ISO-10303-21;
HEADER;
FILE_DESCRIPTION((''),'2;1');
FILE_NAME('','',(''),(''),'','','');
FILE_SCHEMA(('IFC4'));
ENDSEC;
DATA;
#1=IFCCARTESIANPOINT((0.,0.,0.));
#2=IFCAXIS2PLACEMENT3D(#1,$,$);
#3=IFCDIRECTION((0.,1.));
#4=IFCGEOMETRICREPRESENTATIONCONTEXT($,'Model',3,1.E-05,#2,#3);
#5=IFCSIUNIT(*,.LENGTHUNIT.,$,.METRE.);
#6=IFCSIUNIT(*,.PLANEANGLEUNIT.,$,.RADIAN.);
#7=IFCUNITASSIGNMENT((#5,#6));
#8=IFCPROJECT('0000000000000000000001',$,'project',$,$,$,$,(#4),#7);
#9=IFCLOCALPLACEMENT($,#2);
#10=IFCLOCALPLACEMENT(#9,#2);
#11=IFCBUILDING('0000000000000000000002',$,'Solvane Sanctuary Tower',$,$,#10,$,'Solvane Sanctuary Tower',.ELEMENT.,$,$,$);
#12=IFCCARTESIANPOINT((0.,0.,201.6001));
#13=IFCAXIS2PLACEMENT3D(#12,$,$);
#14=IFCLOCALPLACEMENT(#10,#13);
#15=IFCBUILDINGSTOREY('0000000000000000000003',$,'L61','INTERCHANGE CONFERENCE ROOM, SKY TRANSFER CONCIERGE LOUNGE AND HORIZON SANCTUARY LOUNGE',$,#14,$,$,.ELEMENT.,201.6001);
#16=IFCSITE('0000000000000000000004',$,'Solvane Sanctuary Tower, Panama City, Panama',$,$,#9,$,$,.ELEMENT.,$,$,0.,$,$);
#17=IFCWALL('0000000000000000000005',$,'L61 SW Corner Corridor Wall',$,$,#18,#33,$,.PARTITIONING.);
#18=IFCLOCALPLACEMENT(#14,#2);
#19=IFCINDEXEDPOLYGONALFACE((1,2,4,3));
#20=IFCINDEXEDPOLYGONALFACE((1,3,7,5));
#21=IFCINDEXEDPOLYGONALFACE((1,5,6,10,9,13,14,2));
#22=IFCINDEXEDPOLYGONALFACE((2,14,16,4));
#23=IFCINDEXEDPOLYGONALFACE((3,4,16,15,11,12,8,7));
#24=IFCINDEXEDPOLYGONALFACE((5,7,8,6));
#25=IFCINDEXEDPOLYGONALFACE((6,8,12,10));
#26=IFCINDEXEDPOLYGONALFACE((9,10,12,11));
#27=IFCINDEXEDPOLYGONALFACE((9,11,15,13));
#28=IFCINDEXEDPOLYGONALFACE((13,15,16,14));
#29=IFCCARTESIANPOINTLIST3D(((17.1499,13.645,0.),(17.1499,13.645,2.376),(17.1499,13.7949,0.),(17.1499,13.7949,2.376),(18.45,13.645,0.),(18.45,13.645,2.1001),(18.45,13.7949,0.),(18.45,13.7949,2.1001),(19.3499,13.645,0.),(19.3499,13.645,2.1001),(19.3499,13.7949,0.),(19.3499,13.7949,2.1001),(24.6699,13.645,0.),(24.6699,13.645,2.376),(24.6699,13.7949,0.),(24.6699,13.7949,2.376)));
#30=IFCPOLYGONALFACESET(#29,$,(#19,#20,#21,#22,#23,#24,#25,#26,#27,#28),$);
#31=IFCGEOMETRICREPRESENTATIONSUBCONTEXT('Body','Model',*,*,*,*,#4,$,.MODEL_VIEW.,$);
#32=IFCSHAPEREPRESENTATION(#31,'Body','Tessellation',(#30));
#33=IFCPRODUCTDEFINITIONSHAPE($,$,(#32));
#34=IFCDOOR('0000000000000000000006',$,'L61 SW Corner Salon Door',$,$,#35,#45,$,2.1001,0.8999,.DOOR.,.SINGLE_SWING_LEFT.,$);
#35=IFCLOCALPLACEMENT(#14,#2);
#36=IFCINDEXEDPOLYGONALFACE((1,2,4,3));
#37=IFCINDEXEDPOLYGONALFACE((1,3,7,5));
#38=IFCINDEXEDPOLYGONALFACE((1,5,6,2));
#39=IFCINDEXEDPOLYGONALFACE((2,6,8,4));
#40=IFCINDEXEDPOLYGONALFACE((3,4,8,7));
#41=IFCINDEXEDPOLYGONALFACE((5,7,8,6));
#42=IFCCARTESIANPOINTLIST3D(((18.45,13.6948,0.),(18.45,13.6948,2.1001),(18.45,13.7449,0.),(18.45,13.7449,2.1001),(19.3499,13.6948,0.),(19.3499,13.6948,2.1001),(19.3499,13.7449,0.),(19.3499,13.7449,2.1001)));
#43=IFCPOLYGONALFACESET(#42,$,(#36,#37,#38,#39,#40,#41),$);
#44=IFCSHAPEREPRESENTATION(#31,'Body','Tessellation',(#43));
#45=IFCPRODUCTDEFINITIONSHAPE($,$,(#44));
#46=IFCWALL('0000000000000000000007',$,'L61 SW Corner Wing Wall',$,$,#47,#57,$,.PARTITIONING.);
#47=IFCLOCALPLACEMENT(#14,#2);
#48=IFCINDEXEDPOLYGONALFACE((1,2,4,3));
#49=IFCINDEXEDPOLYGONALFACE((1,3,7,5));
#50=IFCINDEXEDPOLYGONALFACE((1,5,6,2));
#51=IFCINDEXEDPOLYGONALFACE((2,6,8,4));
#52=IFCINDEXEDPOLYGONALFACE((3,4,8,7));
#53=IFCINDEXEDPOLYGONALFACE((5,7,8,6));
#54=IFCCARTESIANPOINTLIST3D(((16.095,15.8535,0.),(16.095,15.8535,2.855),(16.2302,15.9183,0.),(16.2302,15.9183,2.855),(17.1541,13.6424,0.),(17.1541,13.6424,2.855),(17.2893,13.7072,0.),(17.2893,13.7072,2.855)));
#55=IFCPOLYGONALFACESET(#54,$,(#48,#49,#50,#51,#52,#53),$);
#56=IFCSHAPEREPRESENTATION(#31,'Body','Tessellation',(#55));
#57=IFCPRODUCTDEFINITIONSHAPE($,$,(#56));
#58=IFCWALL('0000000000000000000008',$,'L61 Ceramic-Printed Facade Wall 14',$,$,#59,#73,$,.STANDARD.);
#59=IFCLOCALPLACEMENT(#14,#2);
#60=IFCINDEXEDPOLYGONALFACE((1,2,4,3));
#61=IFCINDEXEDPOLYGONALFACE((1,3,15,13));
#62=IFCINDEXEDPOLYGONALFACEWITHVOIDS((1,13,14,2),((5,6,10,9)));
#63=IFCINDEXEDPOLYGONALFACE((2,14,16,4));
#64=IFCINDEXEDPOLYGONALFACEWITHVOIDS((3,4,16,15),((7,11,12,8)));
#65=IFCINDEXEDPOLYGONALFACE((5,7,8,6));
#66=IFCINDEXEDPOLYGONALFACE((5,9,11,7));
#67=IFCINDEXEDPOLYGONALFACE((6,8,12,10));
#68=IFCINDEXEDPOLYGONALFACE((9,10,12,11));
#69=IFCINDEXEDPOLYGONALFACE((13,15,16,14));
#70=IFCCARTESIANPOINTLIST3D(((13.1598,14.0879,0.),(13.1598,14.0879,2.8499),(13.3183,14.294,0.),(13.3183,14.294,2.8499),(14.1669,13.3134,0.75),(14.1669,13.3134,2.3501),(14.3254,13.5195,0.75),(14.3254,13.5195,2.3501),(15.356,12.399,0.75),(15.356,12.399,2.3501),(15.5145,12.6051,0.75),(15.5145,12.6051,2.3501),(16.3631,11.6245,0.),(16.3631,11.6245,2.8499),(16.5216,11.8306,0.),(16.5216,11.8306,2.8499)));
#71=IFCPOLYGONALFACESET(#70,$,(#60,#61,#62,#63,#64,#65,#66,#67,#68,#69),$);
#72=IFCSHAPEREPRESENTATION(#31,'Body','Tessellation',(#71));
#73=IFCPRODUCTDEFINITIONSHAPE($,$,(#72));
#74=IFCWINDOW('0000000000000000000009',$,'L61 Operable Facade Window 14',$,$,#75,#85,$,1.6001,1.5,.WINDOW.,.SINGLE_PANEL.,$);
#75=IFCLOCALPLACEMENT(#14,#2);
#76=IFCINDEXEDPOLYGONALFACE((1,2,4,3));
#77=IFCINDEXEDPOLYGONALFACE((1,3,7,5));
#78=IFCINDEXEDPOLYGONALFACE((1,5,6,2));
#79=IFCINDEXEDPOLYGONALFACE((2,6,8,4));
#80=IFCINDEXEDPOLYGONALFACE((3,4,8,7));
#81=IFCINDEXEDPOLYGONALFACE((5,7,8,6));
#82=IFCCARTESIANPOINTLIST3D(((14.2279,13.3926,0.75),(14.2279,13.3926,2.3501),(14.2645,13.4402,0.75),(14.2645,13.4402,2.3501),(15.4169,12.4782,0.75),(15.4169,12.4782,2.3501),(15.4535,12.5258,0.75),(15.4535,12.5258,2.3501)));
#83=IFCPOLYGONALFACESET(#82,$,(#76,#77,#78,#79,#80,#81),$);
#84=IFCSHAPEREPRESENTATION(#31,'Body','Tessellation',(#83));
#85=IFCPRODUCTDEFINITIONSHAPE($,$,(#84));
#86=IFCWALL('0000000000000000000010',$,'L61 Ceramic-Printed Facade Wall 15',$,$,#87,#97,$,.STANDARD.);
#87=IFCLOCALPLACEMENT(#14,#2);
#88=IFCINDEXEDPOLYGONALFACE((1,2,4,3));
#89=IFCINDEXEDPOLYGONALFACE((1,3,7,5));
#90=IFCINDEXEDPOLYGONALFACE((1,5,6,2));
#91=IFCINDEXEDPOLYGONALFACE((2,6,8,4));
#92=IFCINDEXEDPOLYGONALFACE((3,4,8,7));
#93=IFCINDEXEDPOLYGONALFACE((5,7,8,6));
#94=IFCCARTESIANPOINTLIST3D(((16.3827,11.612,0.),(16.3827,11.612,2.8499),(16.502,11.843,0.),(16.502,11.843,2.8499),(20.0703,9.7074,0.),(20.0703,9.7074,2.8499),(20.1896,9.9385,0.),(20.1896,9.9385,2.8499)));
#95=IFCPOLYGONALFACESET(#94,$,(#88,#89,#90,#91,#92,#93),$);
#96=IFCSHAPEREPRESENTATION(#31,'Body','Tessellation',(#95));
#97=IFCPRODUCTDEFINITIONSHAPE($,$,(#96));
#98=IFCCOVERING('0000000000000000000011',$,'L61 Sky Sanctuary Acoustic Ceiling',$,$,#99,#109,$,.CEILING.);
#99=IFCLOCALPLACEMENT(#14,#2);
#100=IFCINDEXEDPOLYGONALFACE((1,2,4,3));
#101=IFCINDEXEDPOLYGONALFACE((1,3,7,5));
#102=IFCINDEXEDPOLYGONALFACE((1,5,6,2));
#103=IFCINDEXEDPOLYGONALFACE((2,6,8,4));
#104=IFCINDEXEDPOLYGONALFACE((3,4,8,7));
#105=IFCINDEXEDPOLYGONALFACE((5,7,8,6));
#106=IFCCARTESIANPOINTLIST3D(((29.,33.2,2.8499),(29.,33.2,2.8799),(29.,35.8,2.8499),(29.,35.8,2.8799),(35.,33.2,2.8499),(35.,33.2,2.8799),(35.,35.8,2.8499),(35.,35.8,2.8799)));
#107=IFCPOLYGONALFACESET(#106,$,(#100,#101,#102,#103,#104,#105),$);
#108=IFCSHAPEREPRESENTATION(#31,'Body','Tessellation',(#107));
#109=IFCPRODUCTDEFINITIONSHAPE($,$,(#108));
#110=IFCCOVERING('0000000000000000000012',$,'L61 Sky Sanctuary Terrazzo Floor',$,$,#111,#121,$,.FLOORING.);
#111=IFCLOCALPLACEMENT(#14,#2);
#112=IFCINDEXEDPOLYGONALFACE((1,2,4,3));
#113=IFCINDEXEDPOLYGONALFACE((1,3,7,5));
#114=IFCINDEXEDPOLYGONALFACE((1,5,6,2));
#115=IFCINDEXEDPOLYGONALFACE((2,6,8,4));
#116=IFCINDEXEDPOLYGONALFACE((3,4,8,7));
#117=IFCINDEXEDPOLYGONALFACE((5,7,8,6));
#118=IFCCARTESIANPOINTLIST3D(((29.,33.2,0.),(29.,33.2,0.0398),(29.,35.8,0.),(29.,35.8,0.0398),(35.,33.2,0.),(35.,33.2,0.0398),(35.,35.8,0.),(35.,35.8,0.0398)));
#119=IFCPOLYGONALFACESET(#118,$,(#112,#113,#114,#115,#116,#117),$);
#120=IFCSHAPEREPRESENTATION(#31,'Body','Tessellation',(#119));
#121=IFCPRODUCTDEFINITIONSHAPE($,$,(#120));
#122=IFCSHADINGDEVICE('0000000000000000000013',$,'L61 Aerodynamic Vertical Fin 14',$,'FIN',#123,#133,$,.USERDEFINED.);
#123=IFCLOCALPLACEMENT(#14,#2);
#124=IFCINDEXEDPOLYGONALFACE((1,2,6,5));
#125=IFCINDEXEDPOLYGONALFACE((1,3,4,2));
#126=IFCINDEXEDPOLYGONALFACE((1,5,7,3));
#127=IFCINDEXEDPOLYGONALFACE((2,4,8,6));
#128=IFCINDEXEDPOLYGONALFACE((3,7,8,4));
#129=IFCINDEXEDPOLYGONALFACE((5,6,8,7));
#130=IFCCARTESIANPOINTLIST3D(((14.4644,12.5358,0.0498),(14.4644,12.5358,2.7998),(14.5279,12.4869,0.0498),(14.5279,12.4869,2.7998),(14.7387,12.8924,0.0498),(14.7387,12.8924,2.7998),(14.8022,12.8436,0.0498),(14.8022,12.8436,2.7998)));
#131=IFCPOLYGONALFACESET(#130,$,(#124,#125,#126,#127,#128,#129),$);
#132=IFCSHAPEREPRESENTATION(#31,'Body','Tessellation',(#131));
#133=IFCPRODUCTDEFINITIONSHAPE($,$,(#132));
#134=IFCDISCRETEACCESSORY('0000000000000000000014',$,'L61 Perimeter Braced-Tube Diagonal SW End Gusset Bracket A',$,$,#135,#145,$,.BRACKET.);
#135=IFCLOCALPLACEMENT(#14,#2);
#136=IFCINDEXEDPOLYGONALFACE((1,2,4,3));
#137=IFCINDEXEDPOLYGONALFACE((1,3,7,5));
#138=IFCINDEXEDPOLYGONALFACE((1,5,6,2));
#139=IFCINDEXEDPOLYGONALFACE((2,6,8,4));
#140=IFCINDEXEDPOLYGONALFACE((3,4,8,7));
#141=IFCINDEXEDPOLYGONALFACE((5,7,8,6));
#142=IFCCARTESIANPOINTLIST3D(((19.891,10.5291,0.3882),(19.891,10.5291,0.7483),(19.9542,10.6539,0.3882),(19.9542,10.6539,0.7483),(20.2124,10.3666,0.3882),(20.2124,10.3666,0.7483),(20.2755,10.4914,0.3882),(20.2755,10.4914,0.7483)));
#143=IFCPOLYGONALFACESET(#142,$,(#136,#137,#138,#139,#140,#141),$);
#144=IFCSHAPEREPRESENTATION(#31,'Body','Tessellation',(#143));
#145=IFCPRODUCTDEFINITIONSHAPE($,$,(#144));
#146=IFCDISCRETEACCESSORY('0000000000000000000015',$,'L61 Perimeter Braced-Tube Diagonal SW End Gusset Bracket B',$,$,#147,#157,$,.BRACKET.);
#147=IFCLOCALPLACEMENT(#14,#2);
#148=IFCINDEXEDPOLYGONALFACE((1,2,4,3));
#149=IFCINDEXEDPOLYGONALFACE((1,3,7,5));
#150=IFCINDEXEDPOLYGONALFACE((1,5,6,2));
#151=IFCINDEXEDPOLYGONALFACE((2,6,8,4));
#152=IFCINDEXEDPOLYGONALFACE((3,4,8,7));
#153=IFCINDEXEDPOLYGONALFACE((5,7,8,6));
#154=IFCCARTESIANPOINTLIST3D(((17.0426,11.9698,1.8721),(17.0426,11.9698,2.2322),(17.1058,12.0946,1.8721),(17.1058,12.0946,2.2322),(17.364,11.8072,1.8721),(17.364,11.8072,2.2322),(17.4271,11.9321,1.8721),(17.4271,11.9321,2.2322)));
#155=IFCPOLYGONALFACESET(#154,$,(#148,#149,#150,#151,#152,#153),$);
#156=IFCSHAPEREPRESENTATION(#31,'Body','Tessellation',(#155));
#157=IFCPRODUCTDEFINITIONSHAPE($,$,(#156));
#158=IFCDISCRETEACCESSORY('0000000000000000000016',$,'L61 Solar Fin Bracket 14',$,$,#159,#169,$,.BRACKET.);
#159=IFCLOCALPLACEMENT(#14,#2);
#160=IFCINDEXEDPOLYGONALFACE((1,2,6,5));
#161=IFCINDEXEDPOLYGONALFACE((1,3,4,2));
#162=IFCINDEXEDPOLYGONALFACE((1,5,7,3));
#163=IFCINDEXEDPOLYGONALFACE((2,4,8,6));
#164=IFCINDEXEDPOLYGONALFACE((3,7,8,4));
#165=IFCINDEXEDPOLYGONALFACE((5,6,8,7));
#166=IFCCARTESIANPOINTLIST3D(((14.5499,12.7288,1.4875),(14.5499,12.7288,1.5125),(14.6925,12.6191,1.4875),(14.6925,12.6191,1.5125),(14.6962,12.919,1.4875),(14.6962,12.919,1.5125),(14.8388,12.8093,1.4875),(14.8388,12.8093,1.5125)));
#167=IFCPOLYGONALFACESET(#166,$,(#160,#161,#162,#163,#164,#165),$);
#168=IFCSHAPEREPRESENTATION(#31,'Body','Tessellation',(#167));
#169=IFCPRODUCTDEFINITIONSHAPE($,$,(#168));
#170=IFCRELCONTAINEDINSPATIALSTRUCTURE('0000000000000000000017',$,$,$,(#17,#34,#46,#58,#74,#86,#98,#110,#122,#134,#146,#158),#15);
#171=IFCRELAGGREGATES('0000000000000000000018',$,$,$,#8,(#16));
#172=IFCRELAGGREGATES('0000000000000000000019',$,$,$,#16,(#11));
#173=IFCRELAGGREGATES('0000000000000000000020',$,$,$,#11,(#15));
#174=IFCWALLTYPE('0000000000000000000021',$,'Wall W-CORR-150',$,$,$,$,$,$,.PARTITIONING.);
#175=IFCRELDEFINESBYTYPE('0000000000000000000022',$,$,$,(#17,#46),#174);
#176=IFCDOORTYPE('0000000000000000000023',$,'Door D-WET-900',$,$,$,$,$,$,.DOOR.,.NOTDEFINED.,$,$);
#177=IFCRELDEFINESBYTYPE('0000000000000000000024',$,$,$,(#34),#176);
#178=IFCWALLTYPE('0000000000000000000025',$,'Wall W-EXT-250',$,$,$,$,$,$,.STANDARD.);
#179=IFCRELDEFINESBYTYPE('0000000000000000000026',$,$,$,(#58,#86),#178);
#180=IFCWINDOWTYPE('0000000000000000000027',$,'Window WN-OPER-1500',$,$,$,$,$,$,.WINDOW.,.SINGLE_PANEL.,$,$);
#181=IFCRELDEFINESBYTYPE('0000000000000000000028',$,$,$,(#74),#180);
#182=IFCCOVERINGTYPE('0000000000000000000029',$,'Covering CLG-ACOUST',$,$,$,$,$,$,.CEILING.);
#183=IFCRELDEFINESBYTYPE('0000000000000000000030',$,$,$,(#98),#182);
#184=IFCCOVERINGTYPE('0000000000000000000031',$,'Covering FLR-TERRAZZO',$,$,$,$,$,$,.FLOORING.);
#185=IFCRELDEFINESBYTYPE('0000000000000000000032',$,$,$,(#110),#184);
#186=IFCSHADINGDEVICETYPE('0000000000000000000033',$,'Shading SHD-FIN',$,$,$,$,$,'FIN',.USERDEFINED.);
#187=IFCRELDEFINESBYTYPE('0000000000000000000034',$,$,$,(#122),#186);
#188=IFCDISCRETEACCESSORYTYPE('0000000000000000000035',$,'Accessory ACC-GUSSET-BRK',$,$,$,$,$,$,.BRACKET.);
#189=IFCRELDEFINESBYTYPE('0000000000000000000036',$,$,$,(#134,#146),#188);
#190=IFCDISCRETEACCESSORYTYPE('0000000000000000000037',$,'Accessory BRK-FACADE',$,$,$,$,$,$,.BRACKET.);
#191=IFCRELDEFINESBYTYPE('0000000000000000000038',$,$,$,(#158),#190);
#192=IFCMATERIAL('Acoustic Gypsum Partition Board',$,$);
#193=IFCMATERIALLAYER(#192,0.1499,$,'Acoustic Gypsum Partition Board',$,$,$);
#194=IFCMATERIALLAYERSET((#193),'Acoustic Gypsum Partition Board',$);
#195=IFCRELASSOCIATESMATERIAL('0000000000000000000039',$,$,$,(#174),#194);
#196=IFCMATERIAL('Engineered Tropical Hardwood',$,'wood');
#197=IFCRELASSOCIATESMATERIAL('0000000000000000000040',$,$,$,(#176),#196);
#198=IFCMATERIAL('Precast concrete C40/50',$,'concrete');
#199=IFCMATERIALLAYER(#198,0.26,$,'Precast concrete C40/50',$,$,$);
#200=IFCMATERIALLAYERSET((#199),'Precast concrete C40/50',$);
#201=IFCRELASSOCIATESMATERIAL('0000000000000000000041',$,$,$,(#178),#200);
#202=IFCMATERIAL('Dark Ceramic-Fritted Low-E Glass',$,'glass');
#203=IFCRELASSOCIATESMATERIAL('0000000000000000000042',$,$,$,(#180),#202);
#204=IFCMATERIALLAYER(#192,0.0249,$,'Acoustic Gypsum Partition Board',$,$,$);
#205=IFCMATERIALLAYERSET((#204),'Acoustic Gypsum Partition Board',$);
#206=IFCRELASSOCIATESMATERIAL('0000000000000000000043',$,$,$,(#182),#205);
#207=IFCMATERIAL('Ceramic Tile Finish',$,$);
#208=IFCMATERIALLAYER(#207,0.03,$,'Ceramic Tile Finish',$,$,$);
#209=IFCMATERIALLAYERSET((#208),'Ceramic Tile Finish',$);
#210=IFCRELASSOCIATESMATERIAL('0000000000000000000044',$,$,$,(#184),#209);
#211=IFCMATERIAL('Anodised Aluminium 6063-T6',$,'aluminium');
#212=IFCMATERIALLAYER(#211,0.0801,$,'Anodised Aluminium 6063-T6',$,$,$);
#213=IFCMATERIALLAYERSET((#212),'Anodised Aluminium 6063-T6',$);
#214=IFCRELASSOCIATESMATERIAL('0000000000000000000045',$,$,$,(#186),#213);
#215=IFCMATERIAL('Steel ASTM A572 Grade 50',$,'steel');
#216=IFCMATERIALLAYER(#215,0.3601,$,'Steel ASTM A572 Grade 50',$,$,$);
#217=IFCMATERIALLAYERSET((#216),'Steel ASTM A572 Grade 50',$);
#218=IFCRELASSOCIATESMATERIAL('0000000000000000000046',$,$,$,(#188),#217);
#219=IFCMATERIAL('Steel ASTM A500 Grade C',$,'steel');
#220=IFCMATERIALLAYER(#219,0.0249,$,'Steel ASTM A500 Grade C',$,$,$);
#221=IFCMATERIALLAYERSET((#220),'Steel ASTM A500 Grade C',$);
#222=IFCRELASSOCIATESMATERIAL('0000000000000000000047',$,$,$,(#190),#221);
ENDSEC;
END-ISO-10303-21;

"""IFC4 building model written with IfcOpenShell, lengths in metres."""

from ifc_helpers import new_model, si_unit, direction, frame, frame_2d, origin, origin_2d, place, context, subcontext, project, spatial, polyline, rectangle, outline, extrude, material, layer, layer_set, type_object, element, fill, save


model = new_model("IFC4")

# Units and contexts
model_context = context("Model", 3, precision=1e-05, world=origin(), true_north=direction((0.0, 1.0)))
body_context = subcontext(model_context, "Body", "Model", "MODEL_VIEW")
ifc_project = project(units=[si_unit("LENGTHUNIT", "METRE"), si_unit("PLANEANGLEUNIT", "RADIAN")], contexts=[model_context])

# Site, building, storey
site_placement = place(None, origin())
site = spatial("IfcSite", under=ifc_project, at=site_placement, Name="Solvane Sanctuary Tower, Panama City, Panama", CompositionType="ELEMENT", RefElevation=0.0)
building_placement = place(site_placement, origin())
building = spatial("IfcBuilding", under=site, at=building_placement, Name="Solvane Sanctuary Tower", LongName="Solvane Sanctuary Tower", CompositionType="ELEMENT")
storey_placement = place(building_placement, frame((0.0, 0.0, 201.6001)))
storey = spatial("IfcBuildingStorey", under=building, at=storey_placement, Name="L61", Description="INTERCHANGE CONFERENCE ROOM, SKY TRANSFER CONCIERGE LOUNGE AND HORIZON SANCTUARY LOUNGE", CompositionType="ELEMENT", Elevation=201.6001)

# Shared definitions
ifc_material_1 = material(Name="Acoustic Gypsum Partition Board")
ifc_layer_1 = layer(ifc_material_1, 0.1499, Name="Acoustic Gypsum Partition Board")
ifc_layer_set_1 = layer_set([ifc_layer_1], Name="Acoustic Gypsum Partition Board")
wall_type_1 = type_object("IfcWallType", Name="Wall W-CORR-150", PredefinedType="PARTITIONING", material=ifc_layer_set_1)

# Wall, opening, door
wall_1_placement = place(storey_placement, frame((17.1499, 13.72, 0.0), z_axis=(0.0, 0.0, 1.0), x_axis=(1.0, 0.0, 0.0)))
wall_1 = element("IfcWall", 1, at=wall_1_placement, inside=storey, type_object=wall_type_1, Name="L61 SW Corner Corridor Wall", PredefinedType="PARTITIONING", context=body_context, shape_type="SweptSolid", body=[
    extrude(rectangle(XDim=7.52, YDim=0.1499, at=frame_2d((3.76, 0.0))), origin(), (0.0, 0.0, 1.0), 2.376),
])
opening_1_placement = place(wall_1_placement, frame((1.3, 0.0, 0.0)))
opening_1 = element("IfcOpeningElement", 2, at=opening_1_placement, cuts=wall_1, PredefinedType="OPENING", context=body_context, shape_type="SweptSolid", body=[
    extrude(rectangle(XDim=0.8999, YDim=2.1001, at=frame_2d((0.45, 1.05))), frame((0.0, 0.085, 0.0), z_axis=(0.0, -1.0, 0.0), x_axis=(1.0, 0.0, 0.0)), (0.0, 0.0, 1.0), 0.1699),
])
ifc_material_2 = material(Name="Engineered Tropical Hardwood", Category="wood")
door_type = type_object("IfcDoorType", Name="Door D-WET-900", OperationType="NOTDEFINED", PredefinedType="DOOR", material=ifc_material_2)
door_placement = place(opening_1_placement, origin())
door = element("IfcDoor", 3, at=door_placement, inside=storey, type_object=door_type, Name="L61 SW Corner Salon Door", OperationType="SINGLE_SWING_LEFT", OverallHeight=2.1001, OverallWidth=0.8999, PredefinedType="DOOR", context=body_context, shape_type="SweptSolid", body=[
    extrude(rectangle(XDim=0.8999, YDim=2.1001, at=frame_2d((0.45, 1.05))), frame((0.0, 0.0249, 0.0), z_axis=(0.0, -1.0, 0.0), x_axis=(1.0, 0.0, 0.0)), (0.0, 0.0, 1.0), 0.05),
])
fill(opening_1, door)

# Wall
wall_2_placement = place(storey_placement, frame((17.2217, 13.6748, 0.0), z_axis=(0.0, 0.0, 1.0), x_axis=(-0.431973, 0.901886, 0.0)))
element("IfcWall", 4, at=wall_2_placement, inside=storey, type_object=wall_type_1, Name="L61 SW Corner Wing Wall", PredefinedType="PARTITIONING", context=body_context, shape_type="SweptSolid", body=[
    extrude(rectangle(XDim=2.4517, YDim=0.1499, at=frame_2d((1.2258, 0.0))), origin(), (0.0, 0.0, 1.0), 2.855),
])

# Wall, opening, window
ifc_material_3 = material(Name="Precast concrete C40/50", Category="concrete")
ifc_layer_2 = layer(ifc_material_3, 0.26, Name="Precast concrete C40/50")
ifc_layer_set_2 = layer_set([ifc_layer_2], Name="Precast concrete C40/50")
wall_type_2 = type_object("IfcWallType", Name="Wall W-EXT-250", PredefinedType="STANDARD", material=ifc_layer_set_2)
wall_3_placement = place(storey_placement, frame((13.239, 14.1909, 0.0), z_axis=(0.0, 0.0, 1.0), x_axis=(0.792714, -0.609594, 0.0)))
wall_3 = element("IfcWall", 5, at=wall_3_placement, inside=storey, type_object=wall_type_2, Name="L61 Ceramic-Printed Facade Wall 14", PredefinedType="STANDARD", context=body_context, shape_type="SweptSolid", body=[
    extrude(rectangle(XDim=4.041, YDim=0.26, at=frame_2d((2.0205, 0.0))), origin(), (0.0, 0.0, 1.0), 2.8499),
])
opening_2_placement = place(wall_3_placement, frame((1.2705, 0.0, 0.75)))
opening_2 = element("IfcOpeningElement", 6, at=opening_2_placement, cuts=wall_3, PredefinedType="OPENING", context=body_context, shape_type="SweptSolid", body=[
    extrude(rectangle(XDim=1.5, YDim=1.6001, at=frame_2d((0.75, 0.8))), frame((0.0, 0.1399, 0.0), z_axis=(0.0, -1.0, 0.0), x_axis=(1.0, 0.0, 0.0)), (0.0, 0.0, 1.0), 0.28),
])
ifc_material_4 = material(Name="Dark Ceramic-Fritted Low-E Glass", Category="glass")
window_type = type_object("IfcWindowType", Name="Window WN-OPER-1500", PartitioningType="SINGLE_PANEL", PredefinedType="WINDOW", material=ifc_material_4)
window_placement = place(opening_2_placement, origin())
window = element("IfcWindow", 7, at=window_placement, inside=storey, type_object=window_type, Name="L61 Operable Facade Window 14", OverallHeight=1.6001, OverallWidth=1.5, PartitioningType="SINGLE_PANEL", PredefinedType="WINDOW", context=body_context, shape_type="SweptSolid", body=[
    extrude(rectangle(XDim=1.5, YDim=1.6001, at=frame_2d((0.75, 0.8))), frame((0.0, 0.03, 0.0), z_axis=(0.0, -1.0, 0.0), x_axis=(1.0, 0.0, 0.0)), (0.0, 0.0, 1.0), 0.0601),
])
fill(opening_2, window)

# Wall
wall_4_placement = place(storey_placement, frame((16.4424, 11.7275, 0.0), z_axis=(0.0, 0.0, 1.0), x_axis=(0.888491, -0.458893, 0.0)))
element("IfcWall", 8, at=wall_4_placement, inside=storey, type_object=wall_type_2, Name="L61 Ceramic-Printed Facade Wall 15", PredefinedType="STANDARD", context=body_context, shape_type="SweptSolid", body=[
    extrude(rectangle(XDim=4.1504, YDim=0.26, at=frame_2d((2.0752, 0.0))), origin(), (0.0, 0.0, 1.0), 2.8499),
])

# Coverings
ifc_layer_3 = layer(ifc_material_1, 0.0249, Name="Acoustic Gypsum Partition Board")
ifc_layer_set_3 = layer_set([ifc_layer_3], Name="Acoustic Gypsum Partition Board")
covering_type_1 = type_object("IfcCoveringType", Name="Covering CLG-ACOUST", PredefinedType="CEILING", material=ifc_layer_set_3)
covering_1_placement = place(storey_placement, frame((0.0, 0.0, 2.8499)))
element("IfcCovering", 9, at=covering_1_placement, inside=storey, type_object=covering_type_1, Name="L61 Sky Sanctuary Acoustic Ceiling", PredefinedType="CEILING", context=body_context, shape_type="SweptSolid", body=[
    extrude(outline(polyline([(29.0, 33.2), (35.0, 33.2), (35.0, 35.8), (29.0, 35.8), (29.0, 33.2)])), origin(), (0.0, 0.0, 1.0), 0.03),
])
ifc_material_5 = material(Name="Ceramic Tile Finish")
ifc_layer_4 = layer(ifc_material_5, 0.03, Name="Ceramic Tile Finish")
ifc_layer_set_4 = layer_set([ifc_layer_4], Name="Ceramic Tile Finish")
covering_type_2 = type_object("IfcCoveringType", Name="Covering FLR-TERRAZZO", PredefinedType="FLOORING", material=ifc_layer_set_4)
covering_2_placement = place(storey_placement, origin())
element("IfcCovering", 10, at=covering_2_placement, inside=storey, type_object=covering_type_2, Name="L61 Sky Sanctuary Terrazzo Floor", PredefinedType="FLOORING", context=body_context, shape_type="SweptSolid", body=[
    extrude(outline(polyline([(29.0, 33.2), (35.0, 33.2), (35.0, 35.8), (29.0, 35.8), (29.0, 33.2)])), origin(), (0.0, 0.0, 1.0), 0.0398),
])

# Shading device
ifc_material_6 = material(Name="Anodised Aluminium 6063-T6", Category="aluminium")
ifc_layer_5 = layer(ifc_material_6, 0.0801, Name="Anodised Aluminium 6063-T6")
ifc_layer_set_5 = layer_set([ifc_layer_5], Name="Anodised Aluminium 6063-T6")
shading_device_type = type_object("IfcShadingDeviceType", Name="Shading SHD-FIN", ElementType="FIN", PredefinedType="USERDEFINED", material=ifc_layer_set_5)
shading_device_placement = place(storey_placement, frame((14.6333, 12.6897, 0.0498), z_axis=(0.0, 0.0, 1.0), x_axis=(0.792708, -0.609602, 0.0)))
element("IfcShadingDevice", 11, at=shading_device_placement, inside=storey, type_object=shading_device_type, Name="L61 Aerodynamic Vertical Fin 14", ObjectType="FIN", PredefinedType="USERDEFINED", context=body_context, shape_type="SweptSolid", body=[
    extrude(rectangle(XDim=0.0801, YDim=0.45, at=origin_2d()), origin(), (0.0, 0.0, 1.0), 2.75),
])

# Discrete accessories
ifc_material_7 = material(Name="Steel ASTM A572 Grade 50", Category="steel")
ifc_layer_6 = layer(ifc_material_7, 0.3601, Name="Steel ASTM A572 Grade 50")
ifc_layer_set_6 = layer_set([ifc_layer_6], Name="Steel ASTM A572 Grade 50")
discrete_accessory_type_1 = type_object("IfcDiscreteAccessoryType", Name="Accessory ACC-GUSSET-BRK", PredefinedType="BRACKET", material=ifc_layer_set_6)
for number, where, z_axis, x_axis, name in (
    (12, (20.0833, 10.5103, 0.3882), (0.0, 0.0, 1.0), (-0.89235, 0.451345, 0.0), "L61 Perimeter Braced-Tube Diagonal SW End Gusset Bracket A"),
    (13, (17.2349, 11.9509, 1.8721), (0.0, 0.0, 1.0), (-0.89235, 0.451345, 0.0), "L61 Perimeter Braced-Tube Diagonal SW End Gusset Bracket B"),
):
    element("IfcDiscreteAccessory", number, at=place(storey_placement, frame(where, z_axis=z_axis, x_axis=x_axis)), inside=storey, type_object=discrete_accessory_type_1, Name=name, PredefinedType="BRACKET", context=body_context, shape_type="SweptSolid", body=[
        extrude(rectangle(XDim=0.3601, YDim=0.1399, at=origin_2d()), origin(), (0.0, 0.0, 1.0), 0.3601),
    ])
ifc_material_8 = material(Name="Steel ASTM A500 Grade C", Category="steel")
ifc_layer_7 = layer(ifc_material_8, 0.0249, Name="Steel ASTM A500 Grade C")
ifc_layer_set_7 = layer_set([ifc_layer_7], Name="Steel ASTM A500 Grade C")
discrete_accessory_type_2 = type_object("IfcDiscreteAccessoryType", Name="Accessory BRK-FACADE", PredefinedType="BRACKET", material=ifc_layer_set_7)
discrete_accessory_placement = place(storey_placement, frame((14.6943, 12.769, 1.4875), z_axis=(0.0, 0.0, 1.0), x_axis=(0.792708, -0.609602, 0.0)))
element("IfcDiscreteAccessory", 14, at=discrete_accessory_placement, inside=storey, type_object=discrete_accessory_type_2, Name="L61 Solar Fin Bracket 14", PredefinedType="BRACKET", context=body_context, shape_type="SweptSolid", body=[
    extrude(rectangle(XDim=0.1799, YDim=0.24, at=origin_2d()), origin(), (0.0, 0.0, 1.0), 0.0249),
])

save(model, "model.ifc")
